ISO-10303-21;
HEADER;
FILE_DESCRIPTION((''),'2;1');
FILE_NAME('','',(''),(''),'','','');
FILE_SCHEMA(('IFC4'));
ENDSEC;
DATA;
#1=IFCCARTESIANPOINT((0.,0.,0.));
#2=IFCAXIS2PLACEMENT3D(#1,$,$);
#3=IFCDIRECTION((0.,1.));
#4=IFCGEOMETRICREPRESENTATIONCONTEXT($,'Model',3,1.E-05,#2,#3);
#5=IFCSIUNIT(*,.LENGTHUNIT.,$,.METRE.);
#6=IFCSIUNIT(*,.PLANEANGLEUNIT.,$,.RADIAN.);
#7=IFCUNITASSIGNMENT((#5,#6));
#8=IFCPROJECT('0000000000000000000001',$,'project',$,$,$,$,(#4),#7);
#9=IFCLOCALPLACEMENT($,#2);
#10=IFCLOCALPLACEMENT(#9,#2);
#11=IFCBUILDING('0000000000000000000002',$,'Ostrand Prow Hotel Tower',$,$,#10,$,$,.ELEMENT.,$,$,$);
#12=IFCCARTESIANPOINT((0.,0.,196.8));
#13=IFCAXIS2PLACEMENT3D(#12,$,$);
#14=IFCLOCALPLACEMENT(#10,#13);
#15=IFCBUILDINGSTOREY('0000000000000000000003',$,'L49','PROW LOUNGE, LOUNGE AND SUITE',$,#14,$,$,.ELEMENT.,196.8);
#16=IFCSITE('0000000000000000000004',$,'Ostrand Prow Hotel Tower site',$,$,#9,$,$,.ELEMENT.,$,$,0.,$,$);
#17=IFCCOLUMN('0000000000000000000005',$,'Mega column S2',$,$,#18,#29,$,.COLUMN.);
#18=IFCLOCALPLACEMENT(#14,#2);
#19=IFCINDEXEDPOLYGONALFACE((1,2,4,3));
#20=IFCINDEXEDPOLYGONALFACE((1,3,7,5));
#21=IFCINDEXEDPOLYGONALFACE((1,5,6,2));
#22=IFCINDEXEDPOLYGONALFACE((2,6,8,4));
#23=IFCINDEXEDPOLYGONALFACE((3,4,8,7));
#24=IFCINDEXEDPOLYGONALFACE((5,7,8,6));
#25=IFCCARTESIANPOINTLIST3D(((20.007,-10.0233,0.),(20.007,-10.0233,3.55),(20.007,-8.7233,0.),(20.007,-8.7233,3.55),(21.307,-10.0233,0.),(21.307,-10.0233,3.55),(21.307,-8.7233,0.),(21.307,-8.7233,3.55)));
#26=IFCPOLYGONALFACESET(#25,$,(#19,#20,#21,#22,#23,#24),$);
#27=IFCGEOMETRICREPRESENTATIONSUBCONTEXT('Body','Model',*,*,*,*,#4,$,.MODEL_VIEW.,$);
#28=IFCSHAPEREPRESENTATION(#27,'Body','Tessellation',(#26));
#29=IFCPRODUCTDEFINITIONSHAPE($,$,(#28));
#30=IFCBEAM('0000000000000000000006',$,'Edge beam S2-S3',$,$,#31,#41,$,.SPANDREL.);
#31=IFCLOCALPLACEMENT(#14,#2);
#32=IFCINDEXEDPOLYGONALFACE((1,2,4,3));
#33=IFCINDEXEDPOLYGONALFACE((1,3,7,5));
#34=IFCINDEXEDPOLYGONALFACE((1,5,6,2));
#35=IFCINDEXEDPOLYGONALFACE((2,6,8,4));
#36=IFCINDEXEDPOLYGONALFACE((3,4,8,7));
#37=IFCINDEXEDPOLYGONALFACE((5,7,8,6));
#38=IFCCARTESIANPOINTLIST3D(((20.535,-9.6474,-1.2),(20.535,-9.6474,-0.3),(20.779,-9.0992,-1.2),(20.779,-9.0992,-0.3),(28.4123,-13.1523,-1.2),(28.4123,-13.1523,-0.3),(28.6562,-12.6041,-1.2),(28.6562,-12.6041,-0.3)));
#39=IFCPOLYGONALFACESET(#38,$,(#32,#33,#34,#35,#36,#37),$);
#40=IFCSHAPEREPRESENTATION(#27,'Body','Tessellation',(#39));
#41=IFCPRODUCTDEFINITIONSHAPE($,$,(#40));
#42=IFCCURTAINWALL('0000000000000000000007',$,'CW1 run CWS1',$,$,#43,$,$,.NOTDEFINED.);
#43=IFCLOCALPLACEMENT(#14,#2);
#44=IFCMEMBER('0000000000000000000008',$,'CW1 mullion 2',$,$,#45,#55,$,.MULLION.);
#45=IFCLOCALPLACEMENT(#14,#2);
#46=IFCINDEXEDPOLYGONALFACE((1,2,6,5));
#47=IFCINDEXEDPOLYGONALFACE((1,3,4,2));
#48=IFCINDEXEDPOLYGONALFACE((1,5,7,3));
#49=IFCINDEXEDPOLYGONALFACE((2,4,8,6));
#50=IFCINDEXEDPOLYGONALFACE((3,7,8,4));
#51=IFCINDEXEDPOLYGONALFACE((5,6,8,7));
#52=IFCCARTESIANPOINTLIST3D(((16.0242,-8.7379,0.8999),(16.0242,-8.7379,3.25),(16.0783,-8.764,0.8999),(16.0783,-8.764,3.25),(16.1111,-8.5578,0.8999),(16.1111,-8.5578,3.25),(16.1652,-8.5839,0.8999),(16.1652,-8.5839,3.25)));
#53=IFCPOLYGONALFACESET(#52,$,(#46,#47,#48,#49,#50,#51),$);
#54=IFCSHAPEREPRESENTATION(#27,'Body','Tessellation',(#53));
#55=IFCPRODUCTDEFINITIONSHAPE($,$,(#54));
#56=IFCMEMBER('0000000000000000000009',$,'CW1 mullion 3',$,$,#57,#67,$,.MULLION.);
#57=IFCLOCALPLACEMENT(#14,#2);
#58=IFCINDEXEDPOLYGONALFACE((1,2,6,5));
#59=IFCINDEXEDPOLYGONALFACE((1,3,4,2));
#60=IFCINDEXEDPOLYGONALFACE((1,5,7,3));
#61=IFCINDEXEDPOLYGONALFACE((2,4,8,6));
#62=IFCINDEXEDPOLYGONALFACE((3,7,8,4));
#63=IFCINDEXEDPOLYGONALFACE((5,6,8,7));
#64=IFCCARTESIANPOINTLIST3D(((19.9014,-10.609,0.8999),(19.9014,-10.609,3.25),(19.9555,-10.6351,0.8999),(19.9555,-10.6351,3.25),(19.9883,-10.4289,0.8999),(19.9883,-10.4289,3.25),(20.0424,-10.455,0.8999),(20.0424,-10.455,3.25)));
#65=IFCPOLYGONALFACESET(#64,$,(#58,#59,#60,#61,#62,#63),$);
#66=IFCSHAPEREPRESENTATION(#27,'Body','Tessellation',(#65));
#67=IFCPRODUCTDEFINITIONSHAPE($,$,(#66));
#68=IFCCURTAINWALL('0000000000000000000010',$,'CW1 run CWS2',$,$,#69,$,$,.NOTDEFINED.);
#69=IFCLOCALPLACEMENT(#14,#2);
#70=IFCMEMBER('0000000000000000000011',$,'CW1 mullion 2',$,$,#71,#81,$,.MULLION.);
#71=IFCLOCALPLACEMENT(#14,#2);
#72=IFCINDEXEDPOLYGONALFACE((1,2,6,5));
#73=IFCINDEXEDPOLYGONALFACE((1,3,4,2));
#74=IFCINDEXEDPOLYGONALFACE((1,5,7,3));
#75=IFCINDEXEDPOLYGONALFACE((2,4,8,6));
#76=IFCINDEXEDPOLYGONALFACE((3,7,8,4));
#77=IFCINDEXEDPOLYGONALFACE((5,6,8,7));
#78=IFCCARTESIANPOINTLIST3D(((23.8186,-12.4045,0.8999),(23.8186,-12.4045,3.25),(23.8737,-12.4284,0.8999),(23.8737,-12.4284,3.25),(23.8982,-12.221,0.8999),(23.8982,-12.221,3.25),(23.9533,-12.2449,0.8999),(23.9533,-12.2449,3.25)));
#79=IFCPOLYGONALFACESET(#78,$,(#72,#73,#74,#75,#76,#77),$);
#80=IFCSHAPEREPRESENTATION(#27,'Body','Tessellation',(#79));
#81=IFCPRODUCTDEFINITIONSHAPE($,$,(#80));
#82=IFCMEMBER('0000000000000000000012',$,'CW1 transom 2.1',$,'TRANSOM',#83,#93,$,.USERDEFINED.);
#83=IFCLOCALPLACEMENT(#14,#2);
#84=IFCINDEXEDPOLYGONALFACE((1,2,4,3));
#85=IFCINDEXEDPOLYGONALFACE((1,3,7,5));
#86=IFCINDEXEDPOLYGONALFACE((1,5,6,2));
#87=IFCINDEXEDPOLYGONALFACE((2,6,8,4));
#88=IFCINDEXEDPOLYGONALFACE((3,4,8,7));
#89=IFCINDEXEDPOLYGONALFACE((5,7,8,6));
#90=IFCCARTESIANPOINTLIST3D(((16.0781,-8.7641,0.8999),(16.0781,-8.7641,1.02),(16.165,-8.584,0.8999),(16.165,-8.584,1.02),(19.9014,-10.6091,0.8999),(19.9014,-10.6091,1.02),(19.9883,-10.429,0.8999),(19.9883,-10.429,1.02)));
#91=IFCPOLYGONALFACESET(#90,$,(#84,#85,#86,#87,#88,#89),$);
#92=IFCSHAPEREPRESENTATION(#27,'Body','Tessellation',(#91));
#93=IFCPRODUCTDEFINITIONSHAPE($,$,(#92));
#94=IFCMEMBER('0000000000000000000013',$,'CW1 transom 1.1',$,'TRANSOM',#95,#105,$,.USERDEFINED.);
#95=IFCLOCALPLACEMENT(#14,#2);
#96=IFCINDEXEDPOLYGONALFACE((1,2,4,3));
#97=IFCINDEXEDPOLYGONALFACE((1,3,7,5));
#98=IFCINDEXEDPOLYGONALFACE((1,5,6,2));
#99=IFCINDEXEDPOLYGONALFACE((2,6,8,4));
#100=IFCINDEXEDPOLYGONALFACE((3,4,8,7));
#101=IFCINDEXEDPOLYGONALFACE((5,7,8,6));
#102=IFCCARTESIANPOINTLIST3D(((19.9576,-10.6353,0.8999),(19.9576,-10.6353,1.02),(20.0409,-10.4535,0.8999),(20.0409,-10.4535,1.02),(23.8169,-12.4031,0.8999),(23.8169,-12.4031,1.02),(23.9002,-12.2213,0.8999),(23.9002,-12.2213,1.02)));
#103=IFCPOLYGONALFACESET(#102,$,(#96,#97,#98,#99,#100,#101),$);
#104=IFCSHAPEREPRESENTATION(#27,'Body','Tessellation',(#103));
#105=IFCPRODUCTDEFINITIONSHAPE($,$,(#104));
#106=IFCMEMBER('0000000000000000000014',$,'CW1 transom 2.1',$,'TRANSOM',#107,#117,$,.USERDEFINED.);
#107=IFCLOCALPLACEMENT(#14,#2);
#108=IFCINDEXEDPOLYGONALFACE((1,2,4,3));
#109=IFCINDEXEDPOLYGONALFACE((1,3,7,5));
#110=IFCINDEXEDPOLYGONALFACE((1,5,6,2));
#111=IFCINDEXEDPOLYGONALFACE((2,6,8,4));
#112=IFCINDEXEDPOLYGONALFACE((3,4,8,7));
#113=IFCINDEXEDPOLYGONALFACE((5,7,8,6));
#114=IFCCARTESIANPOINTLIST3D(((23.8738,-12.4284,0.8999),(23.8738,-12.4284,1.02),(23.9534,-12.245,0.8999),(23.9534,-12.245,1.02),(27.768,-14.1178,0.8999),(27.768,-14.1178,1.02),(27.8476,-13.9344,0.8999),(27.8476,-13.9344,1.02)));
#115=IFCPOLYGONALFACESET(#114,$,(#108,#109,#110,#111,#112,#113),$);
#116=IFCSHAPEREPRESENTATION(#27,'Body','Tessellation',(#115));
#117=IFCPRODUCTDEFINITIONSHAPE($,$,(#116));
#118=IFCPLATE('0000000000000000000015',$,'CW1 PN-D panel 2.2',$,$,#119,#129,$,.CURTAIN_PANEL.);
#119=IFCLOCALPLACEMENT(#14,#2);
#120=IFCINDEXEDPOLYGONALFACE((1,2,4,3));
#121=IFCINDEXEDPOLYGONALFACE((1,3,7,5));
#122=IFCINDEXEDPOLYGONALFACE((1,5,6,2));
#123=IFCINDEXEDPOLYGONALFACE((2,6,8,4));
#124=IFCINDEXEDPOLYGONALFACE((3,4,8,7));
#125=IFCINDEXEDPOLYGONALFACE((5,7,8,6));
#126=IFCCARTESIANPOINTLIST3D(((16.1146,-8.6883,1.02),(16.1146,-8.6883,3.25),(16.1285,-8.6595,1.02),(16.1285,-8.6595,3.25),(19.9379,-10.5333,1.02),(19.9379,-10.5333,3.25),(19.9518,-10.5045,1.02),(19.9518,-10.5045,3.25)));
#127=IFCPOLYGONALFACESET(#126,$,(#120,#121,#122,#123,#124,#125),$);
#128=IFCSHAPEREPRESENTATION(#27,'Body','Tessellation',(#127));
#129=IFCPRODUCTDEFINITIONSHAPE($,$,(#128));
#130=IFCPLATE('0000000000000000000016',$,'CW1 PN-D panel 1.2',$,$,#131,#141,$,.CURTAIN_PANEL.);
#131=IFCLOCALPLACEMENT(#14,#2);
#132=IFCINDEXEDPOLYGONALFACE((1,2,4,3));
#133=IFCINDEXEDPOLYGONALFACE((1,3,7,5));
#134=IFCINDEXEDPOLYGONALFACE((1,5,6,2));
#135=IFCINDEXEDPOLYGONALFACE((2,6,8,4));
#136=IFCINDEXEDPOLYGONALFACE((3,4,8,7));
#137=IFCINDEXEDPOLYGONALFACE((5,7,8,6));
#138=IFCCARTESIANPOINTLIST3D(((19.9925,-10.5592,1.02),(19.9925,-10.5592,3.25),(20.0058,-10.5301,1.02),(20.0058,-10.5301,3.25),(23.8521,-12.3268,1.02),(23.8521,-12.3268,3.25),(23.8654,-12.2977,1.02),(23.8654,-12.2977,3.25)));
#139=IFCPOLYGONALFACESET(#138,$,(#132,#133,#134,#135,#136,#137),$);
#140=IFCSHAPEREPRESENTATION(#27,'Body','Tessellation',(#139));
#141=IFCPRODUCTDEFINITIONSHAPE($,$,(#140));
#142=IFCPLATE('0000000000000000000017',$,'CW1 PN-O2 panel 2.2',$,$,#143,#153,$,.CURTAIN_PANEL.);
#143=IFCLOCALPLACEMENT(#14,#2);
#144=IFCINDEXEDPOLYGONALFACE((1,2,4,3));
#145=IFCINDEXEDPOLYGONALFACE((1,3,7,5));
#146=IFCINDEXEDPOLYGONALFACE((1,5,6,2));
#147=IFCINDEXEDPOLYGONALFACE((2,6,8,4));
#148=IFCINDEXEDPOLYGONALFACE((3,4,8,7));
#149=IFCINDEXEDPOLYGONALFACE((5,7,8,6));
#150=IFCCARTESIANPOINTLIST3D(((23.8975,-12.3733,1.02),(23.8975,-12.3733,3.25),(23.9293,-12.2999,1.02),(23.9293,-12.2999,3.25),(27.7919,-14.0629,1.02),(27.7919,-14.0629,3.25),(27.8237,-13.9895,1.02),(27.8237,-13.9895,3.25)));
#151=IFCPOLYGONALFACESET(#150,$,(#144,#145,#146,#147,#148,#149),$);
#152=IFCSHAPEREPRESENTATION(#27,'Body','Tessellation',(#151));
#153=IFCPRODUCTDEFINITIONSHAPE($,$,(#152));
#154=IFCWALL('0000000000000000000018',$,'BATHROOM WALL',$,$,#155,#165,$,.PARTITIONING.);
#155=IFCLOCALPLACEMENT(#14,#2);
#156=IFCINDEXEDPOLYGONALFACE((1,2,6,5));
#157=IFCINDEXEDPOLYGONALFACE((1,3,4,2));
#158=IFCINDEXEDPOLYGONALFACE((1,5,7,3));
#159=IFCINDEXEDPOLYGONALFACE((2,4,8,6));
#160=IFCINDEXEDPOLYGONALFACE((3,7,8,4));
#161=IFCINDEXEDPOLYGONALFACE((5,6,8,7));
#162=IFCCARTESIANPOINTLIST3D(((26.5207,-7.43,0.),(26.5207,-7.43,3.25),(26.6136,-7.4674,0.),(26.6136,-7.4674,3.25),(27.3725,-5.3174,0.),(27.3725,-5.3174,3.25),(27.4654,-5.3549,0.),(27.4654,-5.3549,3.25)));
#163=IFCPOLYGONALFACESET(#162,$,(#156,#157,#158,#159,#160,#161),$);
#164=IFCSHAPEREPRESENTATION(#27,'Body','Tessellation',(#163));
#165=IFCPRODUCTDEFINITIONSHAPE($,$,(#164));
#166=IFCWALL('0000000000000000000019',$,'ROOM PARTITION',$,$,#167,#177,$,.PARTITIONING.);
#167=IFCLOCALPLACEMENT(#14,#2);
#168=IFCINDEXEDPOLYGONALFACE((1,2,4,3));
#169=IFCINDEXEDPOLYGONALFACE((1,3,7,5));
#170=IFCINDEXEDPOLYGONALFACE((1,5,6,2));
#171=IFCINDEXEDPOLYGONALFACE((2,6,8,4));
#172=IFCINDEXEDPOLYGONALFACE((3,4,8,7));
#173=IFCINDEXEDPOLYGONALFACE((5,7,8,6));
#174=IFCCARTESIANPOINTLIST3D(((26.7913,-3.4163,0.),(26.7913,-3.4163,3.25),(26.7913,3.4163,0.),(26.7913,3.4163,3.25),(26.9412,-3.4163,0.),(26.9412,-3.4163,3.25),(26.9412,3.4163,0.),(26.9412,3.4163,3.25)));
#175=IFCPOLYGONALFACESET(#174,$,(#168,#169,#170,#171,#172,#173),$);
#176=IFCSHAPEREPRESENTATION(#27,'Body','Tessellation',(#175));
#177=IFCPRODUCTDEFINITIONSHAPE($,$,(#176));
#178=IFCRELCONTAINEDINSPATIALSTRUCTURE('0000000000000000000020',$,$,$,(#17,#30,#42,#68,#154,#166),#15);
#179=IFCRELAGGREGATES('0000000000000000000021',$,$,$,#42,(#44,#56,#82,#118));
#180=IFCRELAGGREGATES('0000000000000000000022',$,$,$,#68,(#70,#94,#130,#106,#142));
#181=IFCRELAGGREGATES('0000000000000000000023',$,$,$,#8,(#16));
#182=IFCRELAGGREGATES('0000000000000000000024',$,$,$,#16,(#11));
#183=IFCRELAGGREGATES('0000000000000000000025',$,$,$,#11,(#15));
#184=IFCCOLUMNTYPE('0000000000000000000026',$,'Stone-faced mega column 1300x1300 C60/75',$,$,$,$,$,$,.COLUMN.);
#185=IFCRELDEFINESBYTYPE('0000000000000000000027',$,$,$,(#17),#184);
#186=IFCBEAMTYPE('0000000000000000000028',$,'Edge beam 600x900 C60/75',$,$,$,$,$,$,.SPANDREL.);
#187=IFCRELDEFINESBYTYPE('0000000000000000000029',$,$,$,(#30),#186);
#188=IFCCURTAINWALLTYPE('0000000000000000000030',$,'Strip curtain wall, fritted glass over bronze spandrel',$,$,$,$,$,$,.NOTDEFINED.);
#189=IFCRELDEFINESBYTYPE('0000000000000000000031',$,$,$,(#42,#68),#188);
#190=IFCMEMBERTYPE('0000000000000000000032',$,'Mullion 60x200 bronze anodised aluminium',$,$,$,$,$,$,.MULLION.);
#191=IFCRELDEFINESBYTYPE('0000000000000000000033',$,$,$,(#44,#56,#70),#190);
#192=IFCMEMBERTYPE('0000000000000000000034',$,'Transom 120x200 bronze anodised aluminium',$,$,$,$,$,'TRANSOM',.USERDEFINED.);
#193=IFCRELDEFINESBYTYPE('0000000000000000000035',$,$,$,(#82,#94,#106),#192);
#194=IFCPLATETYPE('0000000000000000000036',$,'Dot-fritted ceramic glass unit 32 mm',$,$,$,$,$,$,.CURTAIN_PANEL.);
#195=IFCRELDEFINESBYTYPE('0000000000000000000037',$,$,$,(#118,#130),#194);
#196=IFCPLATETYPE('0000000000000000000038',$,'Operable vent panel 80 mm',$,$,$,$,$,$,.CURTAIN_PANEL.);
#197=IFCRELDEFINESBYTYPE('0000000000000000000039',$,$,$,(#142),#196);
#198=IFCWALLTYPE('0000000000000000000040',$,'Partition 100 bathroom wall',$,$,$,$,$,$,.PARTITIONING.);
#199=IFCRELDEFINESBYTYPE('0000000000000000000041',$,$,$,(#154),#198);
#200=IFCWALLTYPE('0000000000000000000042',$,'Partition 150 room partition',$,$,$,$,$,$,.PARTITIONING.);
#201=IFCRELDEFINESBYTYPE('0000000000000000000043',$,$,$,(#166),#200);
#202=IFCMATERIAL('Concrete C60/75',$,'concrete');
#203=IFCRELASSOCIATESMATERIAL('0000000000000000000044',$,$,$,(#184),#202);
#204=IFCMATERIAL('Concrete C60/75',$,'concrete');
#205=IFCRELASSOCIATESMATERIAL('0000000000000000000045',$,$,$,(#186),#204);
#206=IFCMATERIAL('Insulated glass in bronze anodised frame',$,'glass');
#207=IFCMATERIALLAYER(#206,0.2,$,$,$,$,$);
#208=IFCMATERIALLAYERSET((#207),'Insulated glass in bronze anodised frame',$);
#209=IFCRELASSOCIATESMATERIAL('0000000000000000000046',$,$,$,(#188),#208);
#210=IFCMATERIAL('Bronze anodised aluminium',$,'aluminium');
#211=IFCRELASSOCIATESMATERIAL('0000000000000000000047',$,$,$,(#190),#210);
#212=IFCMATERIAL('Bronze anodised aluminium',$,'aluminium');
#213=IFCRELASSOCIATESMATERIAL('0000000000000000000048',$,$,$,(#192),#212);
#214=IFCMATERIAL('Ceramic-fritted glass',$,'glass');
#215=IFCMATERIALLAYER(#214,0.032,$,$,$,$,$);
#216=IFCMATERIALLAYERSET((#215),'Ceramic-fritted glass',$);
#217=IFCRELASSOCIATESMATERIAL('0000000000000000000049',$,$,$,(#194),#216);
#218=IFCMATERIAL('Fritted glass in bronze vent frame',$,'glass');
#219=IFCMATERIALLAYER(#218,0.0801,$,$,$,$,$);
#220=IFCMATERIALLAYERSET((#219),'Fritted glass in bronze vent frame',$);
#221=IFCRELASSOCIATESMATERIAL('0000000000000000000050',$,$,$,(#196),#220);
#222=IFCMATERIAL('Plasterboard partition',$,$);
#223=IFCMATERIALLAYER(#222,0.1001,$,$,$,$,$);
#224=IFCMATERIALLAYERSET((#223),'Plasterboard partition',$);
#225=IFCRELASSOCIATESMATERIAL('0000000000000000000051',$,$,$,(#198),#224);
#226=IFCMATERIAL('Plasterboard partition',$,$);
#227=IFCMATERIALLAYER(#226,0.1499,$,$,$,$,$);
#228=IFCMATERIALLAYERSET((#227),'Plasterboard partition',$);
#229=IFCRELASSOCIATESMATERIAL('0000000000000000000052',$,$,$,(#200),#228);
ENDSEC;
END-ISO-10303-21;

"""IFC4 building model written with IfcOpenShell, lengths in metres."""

from ifc_helpers import new_model, si_unit, direction, frame, frame_2d, origin, origin_2d, place, context, subcontext, project, spatial, rectangle, extrude, material, layer, layer_set, material_profile, profile_set, type_object, element, aggregate, save


model = new_model("IFC4")

# Units and contexts
model_context = context("Model", 3, precision=1e-05, world=origin(), true_north=direction((0.0, 1.0)))
body_context = subcontext(model_context, "Body", "Model", "MODEL_VIEW")
ifc_project = project(units=[si_unit("LENGTHUNIT", "METRE"), si_unit("PLANEANGLEUNIT", "RADIAN")], contexts=[model_context])

# Site, building, storey
site_placement = place(None, origin())
site = spatial("IfcSite", under=ifc_project, at=site_placement, Name="Ostrand Prow Hotel Tower site", CompositionType="ELEMENT", RefElevation=0.0)
building_placement = place(site_placement, origin())
building = spatial("IfcBuilding", under=site, at=building_placement, Name="Ostrand Prow Hotel Tower", CompositionType="ELEMENT")
storey_placement = place(building_placement, frame((0.0, 0.0, 196.8)))
storey = spatial("IfcBuildingStorey", under=building, at=storey_placement, Name="L49", Description="PROW LOUNGE, LOUNGE AND SUITE", CompositionType="ELEMENT", Elevation=196.8)

# Column
ifc_material_1 = material(Name="Concrete C60/75", Category="concrete")
ifc_material_profile_1 = material_profile(ifc_material_1, rectangle(XDim=1.3, YDim=1.3, at=origin_2d()), Name="RC 1300x1300")
ifc_profile_set_1 = profile_set([ifc_material_profile_1], Name="Concrete C60/75")
column_type = type_object("IfcColumnType", Name="Stone-faced mega column 1300x1300 C60/75", PredefinedType="COLUMN", material=ifc_profile_set_1)
column_placement = place(storey_placement, frame((20.657, -9.3733, 0.0), z_axis=(0.0, 0.0, 1.0), x_axis=(1.0, 0.0, 0.0)))
element("IfcColumn", 1, at=column_placement, inside=storey, type_object=column_type, Name="Mega column S2", PredefinedType="COLUMN", context=body_context, shape_type="SweptSolid", body=[
    extrude(rectangle(XDim=1.3, YDim=1.3, at=origin_2d()), origin(), (0.0, 0.0, 1.0), 3.55),
])

# Beam
ifc_material_2 = material(Name="Concrete C60/75", Category="concrete")
ifc_material_profile_2 = material_profile(ifc_material_2, rectangle(XDim=0.6001, YDim=0.8999, at=origin_2d()), Name="RC 600x900")
ifc_profile_set_2 = profile_set([ifc_material_profile_2], Name="Concrete C60/75")
beam_type = type_object("IfcBeamType", Name="Edge beam 600x900 C60/75", PredefinedType="SPANDREL", material=ifc_profile_set_2)
beam_placement = place(storey_placement, frame((20.657, -9.3733, -0.75), z_axis=(0.913643, -0.406517, 0.0), x_axis=(0.406517, 0.913643, 0.0)))
element("IfcBeam", 2, at=beam_placement, inside=storey, type_object=beam_type, Name="Edge beam S2-S3", PredefinedType="SPANDREL", context=body_context, shape_type="SweptSolid", body=[
    extrude(rectangle(XDim=0.6001, YDim=0.8999, at=origin_2d()), origin(), (0.0, 0.0, 1.0), 8.6218),
])

# Curtain wall, members
ifc_material_3 = material(Name="Insulated glass in bronze anodised frame", Category="glass")
ifc_layer_1 = layer(ifc_material_3, 0.2)
ifc_layer_set_1 = layer_set([ifc_layer_1], Name="Insulated glass in bronze anodised frame")
curtain_wall_type = type_object("IfcCurtainWallType", Name="Strip curtain wall, fritted glass over bronze spandrel", PredefinedType="NOTDEFINED", material=ifc_layer_set_1)
curtain_wall_1_placement = place(storey_placement, origin())
curtain_wall_1 = element("IfcCurtainWall", 3, at=curtain_wall_1_placement, inside=storey, type_object=curtain_wall_type, Name="CW1 run CWS1", PredefinedType="NOTDEFINED")
ifc_material_4 = material(Name="Bronze anodised aluminium", Category="aluminium")
ifc_material_profile_3 = material_profile(ifc_material_4, rectangle(XDim=0.2, YDim=0.0601, at=origin_2d()), Name="Mullion 60x200 bronze anodised aluminium")
ifc_profile_set_3 = profile_set([ifc_material_profile_3], Name="Bronze anodised aluminium")
member_type_1 = type_object("IfcMemberType", Name="Mullion 60x200 bronze anodised aluminium", PredefinedType="MULLION", material=ifc_profile_set_3)
member_1_placement = place(storey_placement, frame((16.0947, -8.6609, 0.8999), z_axis=(0.0, 0.0, 1.0), x_axis=(0.434615, 0.900616, 0.0)))
member_1 = element("IfcMember", 4, at=member_1_placement, type_object=member_type_1, Name="CW1 mullion 2", PredefinedType="MULLION", context=body_context, shape_type="SweptSolid", body=[
    extrude(rectangle(XDim=0.2, YDim=0.0601, at=origin_2d()), origin(), (0.0, 0.0, 1.0), 2.3501),
])
member_2_placement = place(storey_placement, frame((19.9719, -10.532, 0.8999), z_axis=(0.0, 0.0, 1.0), x_axis=(0.434615, 0.900616, 0.0)))
member_2 = element("IfcMember", 5, at=member_2_placement, type_object=member_type_1, Name="CW1 mullion 3", PredefinedType="MULLION", context=body_context, shape_type="SweptSolid", body=[
    extrude(rectangle(XDim=0.2, YDim=0.0601, at=origin_2d()), origin(), (0.0, 0.0, 1.0), 2.3501),
])

# Curtain wall, member
curtain_wall_2_placement = place(storey_placement, origin())
curtain_wall_2 = element("IfcCurtainWall", 6, at=curtain_wall_2_placement, inside=storey, type_object=curtain_wall_type, Name="CW1 run CWS2", PredefinedType="NOTDEFINED")
member_3_placement = place(storey_placement, frame((23.886, -12.3247, 0.8999), z_axis=(0.0, 0.0, 1.0), x_axis=(0.398005, 0.917383, 0.0)))
member_3 = element("IfcMember", 7, at=member_3_placement, type_object=member_type_1, Name="CW1 mullion 2", PredefinedType="MULLION", context=body_context, shape_type="SweptSolid", body=[
    extrude(rectangle(XDim=0.2, YDim=0.0601, at=origin_2d()), origin(), (0.0, 0.0, 1.0), 2.3501),
])

# Members
ifc_material_5 = material(Name="Bronze anodised aluminium", Category="aluminium")
ifc_material_profile_4 = material_profile(ifc_material_5, rectangle(XDim=0.2, YDim=0.1201, at=origin_2d()), Name="Transom 120x200 bronze anodised aluminium")
ifc_profile_set_4 = profile_set([ifc_material_profile_4], Name="Bronze anodised aluminium")
member_type_2 = type_object("IfcMemberType", Name="Transom 120x200 bronze anodised aluminium", ElementType="TRANSOM", PredefinedType="USERDEFINED", material=ifc_profile_set_4)
member_4_placement = place(storey_placement, frame((16.1216, -8.6741, 0.96), z_axis=(0.900619, -0.434609, 0.0), x_axis=(0.434609, 0.900619, 0.0)))
member_4 = element("IfcMember", 8, at=member_4_placement, type_object=member_type_2, Name="CW1 transom 2.1", ObjectType="TRANSOM", PredefinedType="USERDEFINED", context=body_context, shape_type="SweptSolid", body=[
    extrude(rectangle(XDim=0.2, YDim=0.1201, at=origin_2d()), origin(), (0.0, 0.0, 1.0), 4.2451),
])
member_5_placement = place(storey_placement, frame((19.9993, -10.5444, 0.96), z_axis=(0.909159, -0.416449, 0.0), x_axis=(0.416449, 0.909159, 0.0)))
member_5 = element("IfcMember", 9, at=member_5_placement, type_object=member_type_2, Name="CW1 transom 1.1", ObjectType="TRANSOM", PredefinedType="USERDEFINED", context=body_context, shape_type="SweptSolid", body=[
    extrude(rectangle(XDim=0.2, YDim=0.1201, at=origin_2d()), origin(), (0.0, 0.0, 1.0), 4.2449),
])
member_6_placement = place(storey_placement, frame((23.9136, -12.3367, 0.96), z_axis=(0.91739, -0.39799, 0.0), x_axis=(0.39799, 0.91739, 0.0)))
member_6 = element("IfcMember", 10, at=member_6_placement, type_object=member_type_2, Name="CW1 transom 2.1", ObjectType="TRANSOM", PredefinedType="USERDEFINED", context=body_context, shape_type="SweptSolid", body=[
    extrude(rectangle(XDim=0.2, YDim=0.1201, at=origin_2d()), origin(), (0.0, 0.0, 1.0), 4.2449),
])

# Plates
ifc_material_6 = material(Name="Ceramic-fritted glass", Category="glass")
ifc_layer_2 = layer(ifc_material_6, 0.032)
ifc_layer_set_2 = layer_set([ifc_layer_2], Name="Ceramic-fritted glass")
plate_type_1 = type_object("IfcPlateType", Name="Dot-fritted ceramic glass unit 32 mm", PredefinedType="CURTAIN_PANEL", material=ifc_layer_set_2)
plate_1_placement = place(storey_placement, frame((18.0332, -9.5964, 1.02), z_axis=(0.0, 0.0, 1.0), x_axis=(0.900616, -0.434615, 0.0)))
plate_1 = element("IfcPlate", 11, at=plate_1_placement, type_object=plate_type_1, Name="CW1 PN-D panel 2.2", PredefinedType="CURTAIN_PANEL", context=body_context, shape_type="SweptSolid", body=[
    extrude(rectangle(XDim=4.2451, YDim=0.032, at=origin_2d()), origin(), (0.0, 0.0, 1.0), 2.23),
])
aggregate(curtain_wall_1, [member_1, member_2, member_4, plate_1])
plate_2_placement = place(storey_placement, frame((21.929, -11.4285, 1.02), z_axis=(0.0, 0.0, 1.0), x_axis=(0.909185, -0.416393, 0.0)))
plate_2 = element("IfcPlate", 12, at=plate_2_placement, type_object=plate_type_1, Name="CW1 PN-D panel 1.2", PredefinedType="CURTAIN_PANEL", context=body_context, shape_type="SweptSolid", body=[
    extrude(rectangle(XDim=4.2451, YDim=0.032, at=origin_2d()), origin(), (0.0, 0.0, 1.0), 2.23),
])
ifc_material_7 = material(Name="Fritted glass in bronze vent frame", Category="glass")
ifc_layer_3 = layer(ifc_material_7, 0.0801)
ifc_layer_set_3 = layer_set([ifc_layer_3], Name="Fritted glass in bronze vent frame")
plate_type_2 = type_object("IfcPlateType", Name="Operable vent panel 80 mm", PredefinedType="CURTAIN_PANEL", material=ifc_layer_set_3)
plate_3_placement = place(storey_placement, frame((25.8606, -13.1814, 1.02), z_axis=(0.0, 0.0, 1.0), x_axis=(0.917383, -0.398005, 0.0)))
plate_3 = element("IfcPlate", 13, at=plate_3_placement, type_object=plate_type_2, Name="CW1 PN-O2 panel 2.2", PredefinedType="CURTAIN_PANEL", context=body_context, shape_type="SweptSolid", body=[
    extrude(rectangle(XDim=4.2451, YDim=0.0801, at=origin_2d()), origin(), (0.0, 0.0, 1.0), 2.23),
])
aggregate(curtain_wall_2, [member_3, member_5, plate_2, member_6, plate_3])

# Walls
ifc_material_8 = material(Name="Plasterboard partition")
ifc_layer_4 = layer(ifc_material_8, 0.1001)
ifc_layer_set_4 = layer_set([ifc_layer_4], Name="Plasterboard partition")
wall_type_1 = type_object("IfcWallType", Name="Partition 100 bathroom wall", PredefinedType="PARTITIONING", material=ifc_layer_set_4)
wall_1_placement = place(storey_placement, frame((26.5671, -7.4487, 0.0), z_axis=(0.0, 0.0, 1.0), x_axis=(0.373958, 0.927446, 0.0)))
element("IfcWall", 14, at=wall_1_placement, inside=storey, type_object=wall_type_1, Name="BATHROOM WALL", PredefinedType="PARTITIONING", context=body_context, shape_type="SweptSolid", body=[
    extrude(rectangle(XDim=2.2778, YDim=0.1001, at=frame_2d((1.1389, 0.0))), origin(), (0.0, 0.0, 1.0), 3.25),
])
ifc_material_9 = material(Name="Plasterboard partition")
ifc_layer_5 = layer(ifc_material_9, 0.1499)
ifc_layer_set_5 = layer_set([ifc_layer_5], Name="Plasterboard partition")
wall_type_2 = type_object("IfcWallType", Name="Partition 150 room partition", PredefinedType="PARTITIONING", material=ifc_layer_set_5)
wall_2_placement = place(storey_placement, frame((26.8662, -3.4163, 0.0), z_axis=(0.0, 0.0, 1.0), x_axis=(0.0, 1.0, 0.0)))
element("IfcWall", 15, at=wall_2_placement, inside=storey, type_object=wall_type_2, Name="ROOM PARTITION", PredefinedType="PARTITIONING", context=body_context, shape_type="SweptSolid", body=[
    extrude(rectangle(XDim=6.8325, YDim=0.1499, at=frame_2d((3.4163, 0.0))), origin(), (0.0, 0.0, 1.0), 3.25),
])

save(model, "model.ifc")
